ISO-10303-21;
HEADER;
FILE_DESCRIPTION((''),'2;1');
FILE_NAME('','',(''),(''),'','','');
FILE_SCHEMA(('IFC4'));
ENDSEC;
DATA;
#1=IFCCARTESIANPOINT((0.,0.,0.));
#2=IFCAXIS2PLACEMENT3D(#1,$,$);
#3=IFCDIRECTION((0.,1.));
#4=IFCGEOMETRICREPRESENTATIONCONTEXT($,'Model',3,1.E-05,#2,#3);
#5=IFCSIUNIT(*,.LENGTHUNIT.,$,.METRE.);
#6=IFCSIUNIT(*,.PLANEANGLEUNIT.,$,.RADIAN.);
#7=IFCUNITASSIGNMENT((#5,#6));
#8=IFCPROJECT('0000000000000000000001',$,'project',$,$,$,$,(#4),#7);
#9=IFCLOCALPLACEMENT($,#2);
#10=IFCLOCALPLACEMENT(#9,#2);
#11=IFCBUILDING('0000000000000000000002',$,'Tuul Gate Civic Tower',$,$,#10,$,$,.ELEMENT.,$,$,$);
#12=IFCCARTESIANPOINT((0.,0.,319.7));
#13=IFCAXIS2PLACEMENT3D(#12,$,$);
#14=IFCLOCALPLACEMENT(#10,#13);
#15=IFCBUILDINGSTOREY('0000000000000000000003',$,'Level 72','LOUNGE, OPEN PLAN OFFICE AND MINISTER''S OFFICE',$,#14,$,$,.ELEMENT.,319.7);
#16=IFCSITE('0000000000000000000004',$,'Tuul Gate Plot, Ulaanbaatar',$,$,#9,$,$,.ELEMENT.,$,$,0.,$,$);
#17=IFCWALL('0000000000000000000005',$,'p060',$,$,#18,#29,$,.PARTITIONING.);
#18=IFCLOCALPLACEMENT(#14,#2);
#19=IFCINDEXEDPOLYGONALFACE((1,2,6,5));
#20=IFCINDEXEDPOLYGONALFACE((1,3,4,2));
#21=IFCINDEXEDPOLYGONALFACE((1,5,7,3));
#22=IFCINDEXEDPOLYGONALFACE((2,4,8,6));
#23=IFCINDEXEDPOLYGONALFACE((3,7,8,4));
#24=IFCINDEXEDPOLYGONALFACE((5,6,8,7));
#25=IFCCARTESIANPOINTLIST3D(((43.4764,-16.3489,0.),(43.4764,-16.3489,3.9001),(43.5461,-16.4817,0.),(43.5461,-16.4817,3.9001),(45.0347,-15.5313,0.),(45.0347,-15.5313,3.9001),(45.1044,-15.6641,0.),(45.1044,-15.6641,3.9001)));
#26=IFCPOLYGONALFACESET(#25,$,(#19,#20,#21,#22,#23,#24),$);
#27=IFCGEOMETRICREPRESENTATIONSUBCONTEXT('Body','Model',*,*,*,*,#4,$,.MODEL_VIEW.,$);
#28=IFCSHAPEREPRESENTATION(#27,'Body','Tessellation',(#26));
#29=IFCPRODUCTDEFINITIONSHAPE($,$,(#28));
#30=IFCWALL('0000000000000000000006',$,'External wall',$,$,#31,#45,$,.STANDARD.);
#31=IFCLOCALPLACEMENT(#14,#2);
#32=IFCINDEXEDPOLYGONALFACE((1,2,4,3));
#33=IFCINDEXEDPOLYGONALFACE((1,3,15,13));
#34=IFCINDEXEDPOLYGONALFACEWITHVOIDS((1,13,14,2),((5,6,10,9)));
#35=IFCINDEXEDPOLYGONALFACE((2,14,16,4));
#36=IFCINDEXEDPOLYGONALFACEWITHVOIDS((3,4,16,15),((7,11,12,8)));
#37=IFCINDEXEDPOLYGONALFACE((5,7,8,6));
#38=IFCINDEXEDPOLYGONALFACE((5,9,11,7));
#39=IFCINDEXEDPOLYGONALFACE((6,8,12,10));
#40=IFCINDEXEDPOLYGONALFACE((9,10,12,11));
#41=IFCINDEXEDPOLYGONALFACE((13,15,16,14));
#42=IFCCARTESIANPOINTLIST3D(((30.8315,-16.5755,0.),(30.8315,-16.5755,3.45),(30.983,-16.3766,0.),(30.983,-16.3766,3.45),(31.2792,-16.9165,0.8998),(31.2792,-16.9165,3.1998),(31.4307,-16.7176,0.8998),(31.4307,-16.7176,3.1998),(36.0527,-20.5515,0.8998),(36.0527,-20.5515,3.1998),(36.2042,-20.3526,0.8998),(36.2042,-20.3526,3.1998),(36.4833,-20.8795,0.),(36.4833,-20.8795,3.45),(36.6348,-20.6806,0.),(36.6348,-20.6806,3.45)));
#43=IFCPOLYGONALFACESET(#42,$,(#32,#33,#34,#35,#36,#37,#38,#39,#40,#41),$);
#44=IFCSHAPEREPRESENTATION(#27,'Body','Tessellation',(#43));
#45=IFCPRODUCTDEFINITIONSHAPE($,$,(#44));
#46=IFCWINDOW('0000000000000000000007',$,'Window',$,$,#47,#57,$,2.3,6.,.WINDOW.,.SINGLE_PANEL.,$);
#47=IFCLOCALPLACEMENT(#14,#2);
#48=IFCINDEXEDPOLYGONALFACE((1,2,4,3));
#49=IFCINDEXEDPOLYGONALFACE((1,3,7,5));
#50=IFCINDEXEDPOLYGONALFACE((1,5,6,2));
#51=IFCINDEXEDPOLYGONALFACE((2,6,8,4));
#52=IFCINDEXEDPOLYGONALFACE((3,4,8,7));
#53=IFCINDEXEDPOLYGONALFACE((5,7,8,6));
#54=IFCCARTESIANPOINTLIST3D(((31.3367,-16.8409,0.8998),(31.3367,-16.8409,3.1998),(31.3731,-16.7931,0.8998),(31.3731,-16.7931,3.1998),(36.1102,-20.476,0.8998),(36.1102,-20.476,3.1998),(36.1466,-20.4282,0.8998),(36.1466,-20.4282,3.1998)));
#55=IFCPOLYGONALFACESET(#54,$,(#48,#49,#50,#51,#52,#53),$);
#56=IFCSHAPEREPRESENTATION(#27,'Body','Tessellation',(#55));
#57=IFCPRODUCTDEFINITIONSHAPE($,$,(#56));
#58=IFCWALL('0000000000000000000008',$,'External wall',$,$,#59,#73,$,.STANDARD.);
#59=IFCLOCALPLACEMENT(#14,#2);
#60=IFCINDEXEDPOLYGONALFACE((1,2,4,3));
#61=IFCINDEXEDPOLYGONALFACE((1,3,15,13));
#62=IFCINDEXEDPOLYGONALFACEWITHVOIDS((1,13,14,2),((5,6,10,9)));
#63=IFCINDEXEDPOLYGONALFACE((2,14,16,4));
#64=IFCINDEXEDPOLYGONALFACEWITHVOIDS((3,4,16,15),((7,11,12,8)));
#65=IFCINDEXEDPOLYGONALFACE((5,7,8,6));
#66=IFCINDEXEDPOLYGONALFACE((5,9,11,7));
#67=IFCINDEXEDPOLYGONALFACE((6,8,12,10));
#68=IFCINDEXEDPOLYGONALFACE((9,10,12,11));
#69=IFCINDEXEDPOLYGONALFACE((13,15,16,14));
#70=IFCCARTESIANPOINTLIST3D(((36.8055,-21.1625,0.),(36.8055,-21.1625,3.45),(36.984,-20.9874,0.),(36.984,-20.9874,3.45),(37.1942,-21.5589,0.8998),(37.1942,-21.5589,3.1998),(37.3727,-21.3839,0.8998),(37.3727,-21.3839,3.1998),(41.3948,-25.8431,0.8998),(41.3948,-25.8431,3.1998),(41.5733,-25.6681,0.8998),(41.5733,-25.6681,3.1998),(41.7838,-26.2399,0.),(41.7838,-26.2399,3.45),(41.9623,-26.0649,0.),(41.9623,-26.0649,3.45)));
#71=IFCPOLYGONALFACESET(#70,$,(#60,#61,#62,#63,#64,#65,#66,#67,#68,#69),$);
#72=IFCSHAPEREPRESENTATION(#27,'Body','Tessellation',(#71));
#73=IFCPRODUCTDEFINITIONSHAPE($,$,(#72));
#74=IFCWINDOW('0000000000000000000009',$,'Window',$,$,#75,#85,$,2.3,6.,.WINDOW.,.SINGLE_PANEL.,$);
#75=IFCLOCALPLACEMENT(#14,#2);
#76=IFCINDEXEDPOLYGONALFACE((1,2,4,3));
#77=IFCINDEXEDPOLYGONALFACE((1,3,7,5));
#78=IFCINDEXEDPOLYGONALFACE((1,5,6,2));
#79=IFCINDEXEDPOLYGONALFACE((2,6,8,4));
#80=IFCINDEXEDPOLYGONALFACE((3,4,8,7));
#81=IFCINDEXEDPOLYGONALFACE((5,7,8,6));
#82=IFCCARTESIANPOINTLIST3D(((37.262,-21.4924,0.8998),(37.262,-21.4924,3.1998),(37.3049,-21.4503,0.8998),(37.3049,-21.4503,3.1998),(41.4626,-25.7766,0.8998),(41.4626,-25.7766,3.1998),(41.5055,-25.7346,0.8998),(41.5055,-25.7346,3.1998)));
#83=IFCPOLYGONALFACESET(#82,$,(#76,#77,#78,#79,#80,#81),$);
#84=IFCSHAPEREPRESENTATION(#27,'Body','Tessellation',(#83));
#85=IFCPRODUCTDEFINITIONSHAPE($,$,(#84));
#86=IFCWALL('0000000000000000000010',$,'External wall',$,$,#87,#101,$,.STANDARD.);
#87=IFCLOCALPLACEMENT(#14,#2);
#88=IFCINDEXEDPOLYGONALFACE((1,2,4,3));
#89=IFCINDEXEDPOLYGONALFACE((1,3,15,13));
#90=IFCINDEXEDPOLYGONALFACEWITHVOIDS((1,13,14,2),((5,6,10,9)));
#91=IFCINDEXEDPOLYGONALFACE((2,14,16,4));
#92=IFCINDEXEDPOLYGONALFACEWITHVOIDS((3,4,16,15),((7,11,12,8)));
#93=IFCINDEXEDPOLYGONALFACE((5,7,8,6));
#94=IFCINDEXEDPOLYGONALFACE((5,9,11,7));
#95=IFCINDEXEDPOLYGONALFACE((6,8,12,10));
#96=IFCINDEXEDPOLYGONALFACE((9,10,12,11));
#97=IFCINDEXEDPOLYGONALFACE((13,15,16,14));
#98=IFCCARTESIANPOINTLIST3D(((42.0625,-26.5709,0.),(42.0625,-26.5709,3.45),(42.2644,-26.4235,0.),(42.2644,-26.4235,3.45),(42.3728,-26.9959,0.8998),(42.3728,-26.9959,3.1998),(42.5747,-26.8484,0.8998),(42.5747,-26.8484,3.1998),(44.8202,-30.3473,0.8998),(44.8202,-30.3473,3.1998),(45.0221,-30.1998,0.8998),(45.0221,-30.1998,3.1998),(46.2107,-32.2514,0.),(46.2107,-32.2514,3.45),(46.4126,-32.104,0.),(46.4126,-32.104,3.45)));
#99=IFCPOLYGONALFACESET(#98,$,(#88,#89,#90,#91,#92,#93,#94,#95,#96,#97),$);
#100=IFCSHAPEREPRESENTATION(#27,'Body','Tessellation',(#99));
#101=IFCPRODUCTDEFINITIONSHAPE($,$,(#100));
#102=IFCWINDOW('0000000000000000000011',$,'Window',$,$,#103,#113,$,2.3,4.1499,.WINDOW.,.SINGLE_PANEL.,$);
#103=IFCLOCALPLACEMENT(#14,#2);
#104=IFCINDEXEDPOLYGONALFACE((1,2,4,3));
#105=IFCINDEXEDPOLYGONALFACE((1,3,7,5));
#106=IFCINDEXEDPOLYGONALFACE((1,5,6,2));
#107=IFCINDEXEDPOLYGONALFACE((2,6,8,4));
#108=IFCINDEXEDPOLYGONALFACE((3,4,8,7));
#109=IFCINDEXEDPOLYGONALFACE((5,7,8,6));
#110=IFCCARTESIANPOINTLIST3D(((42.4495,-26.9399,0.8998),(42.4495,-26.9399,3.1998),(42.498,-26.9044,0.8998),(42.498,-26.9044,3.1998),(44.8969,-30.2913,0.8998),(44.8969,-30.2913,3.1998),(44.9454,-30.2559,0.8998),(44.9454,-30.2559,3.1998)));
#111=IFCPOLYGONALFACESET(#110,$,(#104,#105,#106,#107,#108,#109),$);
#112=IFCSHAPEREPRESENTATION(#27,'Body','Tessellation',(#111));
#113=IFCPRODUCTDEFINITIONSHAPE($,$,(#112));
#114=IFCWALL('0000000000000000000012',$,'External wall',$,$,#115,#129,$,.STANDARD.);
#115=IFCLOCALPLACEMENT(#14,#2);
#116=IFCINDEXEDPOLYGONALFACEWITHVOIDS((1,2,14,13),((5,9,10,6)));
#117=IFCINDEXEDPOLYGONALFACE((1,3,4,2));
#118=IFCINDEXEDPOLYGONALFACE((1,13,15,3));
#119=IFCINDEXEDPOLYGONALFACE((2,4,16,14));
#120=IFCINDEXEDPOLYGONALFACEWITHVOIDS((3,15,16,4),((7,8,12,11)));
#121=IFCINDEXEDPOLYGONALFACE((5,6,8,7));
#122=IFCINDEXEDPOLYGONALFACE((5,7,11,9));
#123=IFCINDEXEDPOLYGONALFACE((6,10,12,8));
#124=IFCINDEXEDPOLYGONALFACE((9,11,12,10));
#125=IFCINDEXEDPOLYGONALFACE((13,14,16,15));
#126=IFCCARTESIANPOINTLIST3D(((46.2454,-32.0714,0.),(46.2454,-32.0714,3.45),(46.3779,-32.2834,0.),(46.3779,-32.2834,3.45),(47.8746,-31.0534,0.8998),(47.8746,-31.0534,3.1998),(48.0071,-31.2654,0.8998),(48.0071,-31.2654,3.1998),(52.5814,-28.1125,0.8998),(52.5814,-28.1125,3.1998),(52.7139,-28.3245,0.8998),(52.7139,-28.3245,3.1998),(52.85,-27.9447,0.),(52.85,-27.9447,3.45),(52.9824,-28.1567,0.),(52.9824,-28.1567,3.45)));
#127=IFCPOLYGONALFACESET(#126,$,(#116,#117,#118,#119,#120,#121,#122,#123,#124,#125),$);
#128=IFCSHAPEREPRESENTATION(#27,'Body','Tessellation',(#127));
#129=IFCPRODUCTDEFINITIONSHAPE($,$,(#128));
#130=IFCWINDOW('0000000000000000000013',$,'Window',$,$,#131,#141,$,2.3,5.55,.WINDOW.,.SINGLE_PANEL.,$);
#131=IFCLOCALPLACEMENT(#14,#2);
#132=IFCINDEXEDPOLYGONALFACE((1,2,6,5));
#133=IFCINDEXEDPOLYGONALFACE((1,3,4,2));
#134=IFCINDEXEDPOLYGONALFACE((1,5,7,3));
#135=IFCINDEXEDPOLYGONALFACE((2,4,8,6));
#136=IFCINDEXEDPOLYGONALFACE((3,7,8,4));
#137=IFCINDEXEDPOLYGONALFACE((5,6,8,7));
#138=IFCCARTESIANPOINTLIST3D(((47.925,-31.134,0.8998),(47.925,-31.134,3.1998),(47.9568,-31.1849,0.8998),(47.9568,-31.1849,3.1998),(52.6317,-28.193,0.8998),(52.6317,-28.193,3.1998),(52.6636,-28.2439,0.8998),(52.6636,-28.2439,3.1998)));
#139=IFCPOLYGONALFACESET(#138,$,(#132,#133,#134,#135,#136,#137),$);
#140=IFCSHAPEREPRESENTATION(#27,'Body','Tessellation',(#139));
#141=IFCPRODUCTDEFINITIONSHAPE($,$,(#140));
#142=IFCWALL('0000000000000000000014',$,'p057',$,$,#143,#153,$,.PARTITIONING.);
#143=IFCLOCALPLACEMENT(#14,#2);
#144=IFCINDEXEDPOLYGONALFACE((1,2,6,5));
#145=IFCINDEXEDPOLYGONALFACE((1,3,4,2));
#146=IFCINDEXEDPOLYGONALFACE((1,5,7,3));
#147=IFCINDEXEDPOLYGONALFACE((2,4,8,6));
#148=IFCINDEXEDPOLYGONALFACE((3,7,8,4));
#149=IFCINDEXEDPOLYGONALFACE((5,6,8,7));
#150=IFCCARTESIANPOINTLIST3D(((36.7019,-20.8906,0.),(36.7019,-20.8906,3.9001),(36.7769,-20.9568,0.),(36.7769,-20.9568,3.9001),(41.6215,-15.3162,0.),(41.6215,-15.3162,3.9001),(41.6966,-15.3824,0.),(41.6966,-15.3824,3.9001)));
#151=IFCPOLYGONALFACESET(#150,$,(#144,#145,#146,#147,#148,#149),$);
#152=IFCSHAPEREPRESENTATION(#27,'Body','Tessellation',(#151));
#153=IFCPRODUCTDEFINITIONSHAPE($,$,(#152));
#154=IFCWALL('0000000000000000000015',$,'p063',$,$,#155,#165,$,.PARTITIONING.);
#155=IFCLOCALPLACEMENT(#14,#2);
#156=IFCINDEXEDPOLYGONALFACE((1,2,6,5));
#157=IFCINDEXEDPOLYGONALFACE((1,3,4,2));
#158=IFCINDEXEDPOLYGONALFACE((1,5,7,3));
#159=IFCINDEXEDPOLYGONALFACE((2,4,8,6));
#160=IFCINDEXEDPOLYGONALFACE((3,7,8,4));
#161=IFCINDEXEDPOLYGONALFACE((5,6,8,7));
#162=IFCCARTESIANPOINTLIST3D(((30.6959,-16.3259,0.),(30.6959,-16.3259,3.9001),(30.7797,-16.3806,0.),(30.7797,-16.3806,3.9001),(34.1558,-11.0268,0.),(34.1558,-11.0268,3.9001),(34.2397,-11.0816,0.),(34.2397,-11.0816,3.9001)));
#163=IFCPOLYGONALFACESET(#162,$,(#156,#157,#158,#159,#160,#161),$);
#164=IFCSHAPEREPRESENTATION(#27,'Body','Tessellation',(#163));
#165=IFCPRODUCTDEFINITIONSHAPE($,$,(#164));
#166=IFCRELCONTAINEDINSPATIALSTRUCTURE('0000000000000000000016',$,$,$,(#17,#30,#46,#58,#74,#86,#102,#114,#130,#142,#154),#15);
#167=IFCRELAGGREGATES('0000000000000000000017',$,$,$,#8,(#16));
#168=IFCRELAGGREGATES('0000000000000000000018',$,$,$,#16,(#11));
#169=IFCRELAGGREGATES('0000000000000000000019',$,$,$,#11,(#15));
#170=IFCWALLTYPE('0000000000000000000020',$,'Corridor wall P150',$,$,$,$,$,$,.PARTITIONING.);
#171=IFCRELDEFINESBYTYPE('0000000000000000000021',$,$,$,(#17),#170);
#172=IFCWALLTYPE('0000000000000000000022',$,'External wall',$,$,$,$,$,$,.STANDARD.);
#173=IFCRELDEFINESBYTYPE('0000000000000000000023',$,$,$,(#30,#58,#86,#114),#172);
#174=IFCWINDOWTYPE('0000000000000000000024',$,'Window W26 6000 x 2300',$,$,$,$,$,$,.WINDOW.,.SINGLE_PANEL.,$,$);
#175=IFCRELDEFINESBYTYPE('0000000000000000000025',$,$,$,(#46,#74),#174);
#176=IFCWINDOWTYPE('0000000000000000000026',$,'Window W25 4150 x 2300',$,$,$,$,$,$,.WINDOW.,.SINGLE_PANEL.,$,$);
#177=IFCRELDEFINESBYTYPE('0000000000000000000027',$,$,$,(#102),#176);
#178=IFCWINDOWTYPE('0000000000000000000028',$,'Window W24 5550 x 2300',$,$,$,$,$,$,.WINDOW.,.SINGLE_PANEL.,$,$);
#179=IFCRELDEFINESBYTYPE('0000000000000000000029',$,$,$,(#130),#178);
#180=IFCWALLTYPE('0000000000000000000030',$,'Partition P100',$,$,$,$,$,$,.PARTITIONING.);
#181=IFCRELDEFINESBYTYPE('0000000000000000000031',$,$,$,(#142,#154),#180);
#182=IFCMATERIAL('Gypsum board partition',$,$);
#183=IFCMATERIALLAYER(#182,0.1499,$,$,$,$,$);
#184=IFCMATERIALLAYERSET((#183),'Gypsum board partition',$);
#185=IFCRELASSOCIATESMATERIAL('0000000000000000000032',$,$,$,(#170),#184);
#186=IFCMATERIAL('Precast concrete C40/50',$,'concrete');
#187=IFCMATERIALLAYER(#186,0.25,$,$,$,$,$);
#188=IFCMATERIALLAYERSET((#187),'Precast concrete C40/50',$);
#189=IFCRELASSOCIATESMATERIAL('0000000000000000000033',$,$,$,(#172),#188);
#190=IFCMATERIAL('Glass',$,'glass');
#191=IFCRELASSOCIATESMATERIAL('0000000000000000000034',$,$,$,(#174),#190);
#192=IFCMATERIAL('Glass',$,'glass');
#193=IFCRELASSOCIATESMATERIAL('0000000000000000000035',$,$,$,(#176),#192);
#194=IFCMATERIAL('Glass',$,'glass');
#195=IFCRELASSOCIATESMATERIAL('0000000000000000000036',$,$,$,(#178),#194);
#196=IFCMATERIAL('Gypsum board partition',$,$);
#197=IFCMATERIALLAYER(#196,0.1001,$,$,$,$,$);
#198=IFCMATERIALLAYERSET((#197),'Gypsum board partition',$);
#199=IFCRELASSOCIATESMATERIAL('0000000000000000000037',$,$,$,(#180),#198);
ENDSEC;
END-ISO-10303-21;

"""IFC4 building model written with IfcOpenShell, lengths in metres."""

from ifc_helpers import new_model, si_unit, direction, frame, frame_2d, origin, place, context, subcontext, project, spatial, rectangle, extrude, material, layer, layer_set, type_object, element, fill, save


model = new_model("IFC4")

# Units and contexts
model_context = context("Model", 3, precision=1e-05, world=origin(), true_north=direction((0.0, 1.0)))
body_context = subcontext(model_context, "Body", "Model", "MODEL_VIEW")
ifc_project = project(units=[si_unit("LENGTHUNIT", "METRE"), si_unit("PLANEANGLEUNIT", "RADIAN")], contexts=[model_context])

# Site, building, storey
site_placement = place(None, origin())
site = spatial("IfcSite", under=ifc_project, at=site_placement, Name="Tuul Gate Plot, Ulaanbaatar", CompositionType="ELEMENT", RefElevation=0.0)
building_placement = place(site_placement, origin())
building = spatial("IfcBuilding", under=site, at=building_placement, Name="Tuul Gate Civic Tower", CompositionType="ELEMENT")
storey_placement = place(building_placement, frame((0.0, 0.0, 319.7)))
storey = spatial("IfcBuildingStorey", under=building, at=storey_placement, Name="Level 72", Description="LOUNGE, OPEN PLAN OFFICE AND MINISTER'S OFFICE", CompositionType="ELEMENT", Elevation=319.7)

# Wall
ifc_material_1 = material(Name="Gypsum board partition")
ifc_layer_1 = layer(ifc_material_1, 0.1499)
ifc_layer_set_1 = layer_set([ifc_layer_1], Name="Gypsum board partition")
wall_type_1 = type_object("IfcWallType", Name="Corridor wall P150", PredefinedType="PARTITIONING", material=ifc_layer_set_1)
wall_1_placement = place(storey_placement, frame((43.5112, -16.4153, 0.0), z_axis=(0.0, 0.0, 1.0), x_axis=(0.885516, 0.464608, 0.0)))
element("IfcWall", 1, at=wall_1_placement, inside=storey, type_object=wall_type_1, Name="p060", PredefinedType="PARTITIONING", context=body_context, shape_type="SweptSolid", body=[
    extrude(rectangle(XDim=1.7598, YDim=0.1499, at=frame_2d((0.8799, 0.0))), origin(), (0.0, 0.0, 1.0), 3.9001),
])

# Walls, openings, windows
ifc_material_2 = material(Name="Precast concrete C40/50", Category="concrete")
ifc_layer_2 = layer(ifc_material_2, 0.25)
ifc_layer_set_2 = layer_set([ifc_layer_2], Name="Precast concrete C40/50")
wall_type_2 = type_object("IfcWallType", Name="External wall", PredefinedType="STANDARD", material=ifc_layer_set_2)
wall_2_placement = place(storey_placement, frame((30.9072, -16.4761, 0.0), z_axis=(0.0, 0.0, 1.0), x_axis=(0.795582, -0.605845, 0.0)))
wall_2 = element("IfcWall", 2, at=wall_2_placement, inside=storey, type_object=wall_type_2, Name="External wall", PredefinedType="STANDARD", context=body_context, shape_type="SweptSolid", body=[
    extrude(rectangle(XDim=7.104, YDim=0.25, at=frame_2d((3.552, 0.0))), origin(), (0.0, 0.0, 1.0), 3.45),
])
opening_1_placement = place(wall_2_placement, frame((0.5627, 0.0, 0.8999)))
opening_1 = element("IfcOpeningElement", 3, at=opening_1_placement, cuts=wall_2, PredefinedType="OPENING", context=body_context, shape_type="SweptSolid", body=[
    extrude(rectangle(XDim=6.0, YDim=2.3, at=frame_2d((3.0, 1.1499))), frame((0.0, 0.135, 0.0), z_axis=(0.0, -1.0, 0.0), x_axis=(1.0, 0.0, 0.0)), (0.0, 0.0, 1.0), 0.27),
])
ifc_material_3 = material(Name="Glass", Category="glass")
window_type_1 = type_object("IfcWindowType", Name="Window W26 6000 x 2300", PartitioningType="SINGLE_PANEL", PredefinedType="WINDOW", material=ifc_material_3)
window_1_placement = place(opening_1_placement, origin())
window_1 = element("IfcWindow", 4, at=window_1_placement, inside=storey, type_object=window_type_1, Name="Window", OverallHeight=2.3, OverallWidth=6.0, PartitioningType="SINGLE_PANEL", PredefinedType="WINDOW", context=body_context, shape_type="SweptSolid", body=[
    extrude(rectangle(XDim=6.0, YDim=2.3, at=frame_2d((3.0, 1.1499))), frame((0.0, 0.03, 0.0), z_axis=(0.0, -1.0, 0.0), x_axis=(1.0, 0.0, 0.0)), (0.0, 0.0, 1.0), 0.0601),
])
fill(opening_1, window_1)
wall_3_placement = place(storey_placement, frame((36.8948, -21.075, 0.0), z_axis=(0.0, 0.0, 1.0), x_axis=(0.700103, -0.714042, 0.0)))
wall_3 = element("IfcWall", 5, at=wall_3_placement, inside=storey, type_object=wall_type_2, Name="External wall", PredefinedType="STANDARD", context=body_context, shape_type="SweptSolid", body=[
    extrude(rectangle(XDim=7.1108, YDim=0.25, at=frame_2d((3.5554, 0.0))), origin(), (0.0, 0.0, 1.0), 3.45),
])
opening_2_placement = place(wall_3_placement, frame((0.5552, 0.0, 0.8999)))
opening_2 = element("IfcOpeningElement", 6, at=opening_2_placement, cuts=wall_3, PredefinedType="OPENING", context=body_context, shape_type="SweptSolid", body=[
    extrude(rectangle(XDim=6.0, YDim=2.3, at=frame_2d((3.0, 1.1499))), frame((0.0, 0.135, 0.0), z_axis=(0.0, -1.0, 0.0), x_axis=(1.0, 0.0, 0.0)), (0.0, 0.0, 1.0), 0.27),
])
window_2_placement = place(opening_2_placement, origin())
window_2 = element("IfcWindow", 7, at=window_2_placement, inside=storey, type_object=window_type_1, Name="Window", OverallHeight=2.3, OverallWidth=6.0, PartitioningType="SINGLE_PANEL", PredefinedType="WINDOW", context=body_context, shape_type="SweptSolid", body=[
    extrude(rectangle(XDim=6.0, YDim=2.3, at=frame_2d((3.0, 1.1499))), frame((0.0, 0.03, 0.0), z_axis=(0.0, -1.0, 0.0), x_axis=(1.0, 0.0, 0.0)), (0.0, 0.0, 1.0), 0.0601),
])
fill(opening_2, window_2)
wall_4_placement = place(storey_placement, frame((42.1633, -26.4971, 0.0), z_axis=(0.0, 0.0, 1.0), x_axis=(0.589749, -0.807586, 0.0)))
wall_4 = element("IfcWall", 8, at=wall_4_placement, inside=storey, type_object=wall_type_2, Name="External wall", PredefinedType="STANDARD", context=body_context, shape_type="SweptSolid", body=[
    extrude(rectangle(XDim=7.0339, YDim=0.25, at=frame_2d((3.5171, 0.0))), origin(), (0.0, 0.0, 1.0), 3.45),
])
opening_3_placement = place(wall_4_placement, frame((0.5264, 0.0, 0.8999)))
opening_3 = element("IfcOpeningElement", 9, at=opening_3_placement, cuts=wall_4, PredefinedType="OPENING", context=body_context, shape_type="SweptSolid", body=[
    extrude(rectangle(XDim=4.1499, YDim=2.3, at=frame_2d((2.075, 1.1499))), frame((0.0, 0.135, 0.0), z_axis=(0.0, -1.0, 0.0), x_axis=(1.0, 0.0, 0.0)), (0.0, 0.0, 1.0), 0.27),
])
ifc_material_4 = material(Name="Glass", Category="glass")
window_type_2 = type_object("IfcWindowType", Name="Window W25 4150 x 2300", PartitioningType="SINGLE_PANEL", PredefinedType="WINDOW", material=ifc_material_4)
window_3_placement = place(opening_3_placement, origin())
window_3 = element("IfcWindow", 10, at=window_3_placement, inside=storey, type_object=window_type_2, Name="Window", OverallHeight=2.3, OverallWidth=4.1499, PartitioningType="SINGLE_PANEL", PredefinedType="WINDOW", context=body_context, shape_type="SweptSolid", body=[
    extrude(rectangle(XDim=4.1499, YDim=2.3, at=frame_2d((2.075, 1.1499))), frame((0.0, 0.03, 0.0), z_axis=(0.0, -1.0, 0.0), x_axis=(1.0, 0.0, 0.0)), (0.0, 0.0, 1.0), 0.0601),
])
fill(opening_3, window_3)
wall_5_placement = place(storey_placement, frame((46.3115, -32.1775, 0.0), z_axis=(0.0, 0.0, 1.0), x_axis=(0.848062, 0.529897, 0.0)))
wall_5 = element("IfcWall", 11, at=wall_5_placement, inside=storey, type_object=wall_type_2, Name="External wall", PredefinedType="STANDARD", context=body_context, shape_type="SweptSolid", body=[
    extrude(rectangle(XDim=7.7878, YDim=0.25, at=frame_2d((3.894, 0.0))), origin(), (0.0, 0.0, 1.0), 3.45),
])
opening_4_placement = place(wall_5_placement, frame((1.9214, 0.0, 0.8999)))
opening_4 = element("IfcOpeningElement", 12, at=opening_4_placement, cuts=wall_5, PredefinedType="OPENING", context=body_context, shape_type="SweptSolid", body=[
    extrude(rectangle(XDim=5.55, YDim=2.3, at=frame_2d((2.7749, 1.1499))), frame((0.0, 0.135, 0.0), z_axis=(0.0, -1.0, 0.0), x_axis=(1.0, 0.0, 0.0)), (0.0, 0.0, 1.0), 0.27),
])
ifc_material_5 = material(Name="Glass", Category="glass")
window_type_3 = type_object("IfcWindowType", Name="Window W24 5550 x 2300", PartitioningType="SINGLE_PANEL", PredefinedType="WINDOW", material=ifc_material_5)
window_4_placement = place(opening_4_placement, origin())
window_4 = element("IfcWindow", 13, at=window_4_placement, inside=storey, type_object=window_type_3, Name="Window", OverallHeight=2.3, OverallWidth=5.55, PartitioningType="SINGLE_PANEL", PredefinedType="WINDOW", context=body_context, shape_type="SweptSolid", body=[
    extrude(rectangle(XDim=5.55, YDim=2.3, at=frame_2d((2.7749, 1.1499))), frame((0.0, 0.03, 0.0), z_axis=(0.0, -1.0, 0.0), x_axis=(1.0, 0.0, 0.0)), (0.0, 0.0, 1.0), 0.0601),
])
fill(opening_4, window_4)

# Walls
ifc_material_6 = material(Name="Gypsum board partition")
ifc_layer_3 = layer(ifc_material_6, 0.1001)
ifc_layer_set_3 = layer_set([ifc_layer_3], Name="Gypsum board partition")
wall_type_3 = type_object("IfcWallType", Name="Partition P100", PredefinedType="PARTITIONING", material=ifc_layer_set_3)
wall_6_placement = place(storey_placement, frame((36.7395, -20.9236, 0.0), z_axis=(0.0, 0.0, 1.0), x_axis=(0.6617, 0.749769, 0.0)))
element("IfcWall", 14, at=wall_6_placement, inside=storey, type_object=wall_type_3, Name="p057", PredefinedType="PARTITIONING", context=body_context, shape_type="SweptSolid", body=[
    extrude(rectangle(XDim=7.4348, YDim=0.1001, at=frame_2d((3.7173, 0.0))), origin(), (0.0, 0.0, 1.0), 3.9001),
])
wall_7_placement = place(storey_placement, frame((30.7378, -16.3533, 0.0), z_axis=(0.0, 0.0, 1.0), x_axis=(0.546716, 0.837318, 0.0)))
element("IfcWall", 15, at=wall_7_placement, inside=storey, type_object=wall_type_3, Name="p063", PredefinedType="PARTITIONING", context=body_context, shape_type="SweptSolid", body=[
    extrude(rectangle(XDim=6.3286, YDim=0.1001, at=frame_2d((3.1643, 0.0))), origin(), (0.0, 0.0, 1.0), 3.9001),
])

save(model, "model.ifc")
